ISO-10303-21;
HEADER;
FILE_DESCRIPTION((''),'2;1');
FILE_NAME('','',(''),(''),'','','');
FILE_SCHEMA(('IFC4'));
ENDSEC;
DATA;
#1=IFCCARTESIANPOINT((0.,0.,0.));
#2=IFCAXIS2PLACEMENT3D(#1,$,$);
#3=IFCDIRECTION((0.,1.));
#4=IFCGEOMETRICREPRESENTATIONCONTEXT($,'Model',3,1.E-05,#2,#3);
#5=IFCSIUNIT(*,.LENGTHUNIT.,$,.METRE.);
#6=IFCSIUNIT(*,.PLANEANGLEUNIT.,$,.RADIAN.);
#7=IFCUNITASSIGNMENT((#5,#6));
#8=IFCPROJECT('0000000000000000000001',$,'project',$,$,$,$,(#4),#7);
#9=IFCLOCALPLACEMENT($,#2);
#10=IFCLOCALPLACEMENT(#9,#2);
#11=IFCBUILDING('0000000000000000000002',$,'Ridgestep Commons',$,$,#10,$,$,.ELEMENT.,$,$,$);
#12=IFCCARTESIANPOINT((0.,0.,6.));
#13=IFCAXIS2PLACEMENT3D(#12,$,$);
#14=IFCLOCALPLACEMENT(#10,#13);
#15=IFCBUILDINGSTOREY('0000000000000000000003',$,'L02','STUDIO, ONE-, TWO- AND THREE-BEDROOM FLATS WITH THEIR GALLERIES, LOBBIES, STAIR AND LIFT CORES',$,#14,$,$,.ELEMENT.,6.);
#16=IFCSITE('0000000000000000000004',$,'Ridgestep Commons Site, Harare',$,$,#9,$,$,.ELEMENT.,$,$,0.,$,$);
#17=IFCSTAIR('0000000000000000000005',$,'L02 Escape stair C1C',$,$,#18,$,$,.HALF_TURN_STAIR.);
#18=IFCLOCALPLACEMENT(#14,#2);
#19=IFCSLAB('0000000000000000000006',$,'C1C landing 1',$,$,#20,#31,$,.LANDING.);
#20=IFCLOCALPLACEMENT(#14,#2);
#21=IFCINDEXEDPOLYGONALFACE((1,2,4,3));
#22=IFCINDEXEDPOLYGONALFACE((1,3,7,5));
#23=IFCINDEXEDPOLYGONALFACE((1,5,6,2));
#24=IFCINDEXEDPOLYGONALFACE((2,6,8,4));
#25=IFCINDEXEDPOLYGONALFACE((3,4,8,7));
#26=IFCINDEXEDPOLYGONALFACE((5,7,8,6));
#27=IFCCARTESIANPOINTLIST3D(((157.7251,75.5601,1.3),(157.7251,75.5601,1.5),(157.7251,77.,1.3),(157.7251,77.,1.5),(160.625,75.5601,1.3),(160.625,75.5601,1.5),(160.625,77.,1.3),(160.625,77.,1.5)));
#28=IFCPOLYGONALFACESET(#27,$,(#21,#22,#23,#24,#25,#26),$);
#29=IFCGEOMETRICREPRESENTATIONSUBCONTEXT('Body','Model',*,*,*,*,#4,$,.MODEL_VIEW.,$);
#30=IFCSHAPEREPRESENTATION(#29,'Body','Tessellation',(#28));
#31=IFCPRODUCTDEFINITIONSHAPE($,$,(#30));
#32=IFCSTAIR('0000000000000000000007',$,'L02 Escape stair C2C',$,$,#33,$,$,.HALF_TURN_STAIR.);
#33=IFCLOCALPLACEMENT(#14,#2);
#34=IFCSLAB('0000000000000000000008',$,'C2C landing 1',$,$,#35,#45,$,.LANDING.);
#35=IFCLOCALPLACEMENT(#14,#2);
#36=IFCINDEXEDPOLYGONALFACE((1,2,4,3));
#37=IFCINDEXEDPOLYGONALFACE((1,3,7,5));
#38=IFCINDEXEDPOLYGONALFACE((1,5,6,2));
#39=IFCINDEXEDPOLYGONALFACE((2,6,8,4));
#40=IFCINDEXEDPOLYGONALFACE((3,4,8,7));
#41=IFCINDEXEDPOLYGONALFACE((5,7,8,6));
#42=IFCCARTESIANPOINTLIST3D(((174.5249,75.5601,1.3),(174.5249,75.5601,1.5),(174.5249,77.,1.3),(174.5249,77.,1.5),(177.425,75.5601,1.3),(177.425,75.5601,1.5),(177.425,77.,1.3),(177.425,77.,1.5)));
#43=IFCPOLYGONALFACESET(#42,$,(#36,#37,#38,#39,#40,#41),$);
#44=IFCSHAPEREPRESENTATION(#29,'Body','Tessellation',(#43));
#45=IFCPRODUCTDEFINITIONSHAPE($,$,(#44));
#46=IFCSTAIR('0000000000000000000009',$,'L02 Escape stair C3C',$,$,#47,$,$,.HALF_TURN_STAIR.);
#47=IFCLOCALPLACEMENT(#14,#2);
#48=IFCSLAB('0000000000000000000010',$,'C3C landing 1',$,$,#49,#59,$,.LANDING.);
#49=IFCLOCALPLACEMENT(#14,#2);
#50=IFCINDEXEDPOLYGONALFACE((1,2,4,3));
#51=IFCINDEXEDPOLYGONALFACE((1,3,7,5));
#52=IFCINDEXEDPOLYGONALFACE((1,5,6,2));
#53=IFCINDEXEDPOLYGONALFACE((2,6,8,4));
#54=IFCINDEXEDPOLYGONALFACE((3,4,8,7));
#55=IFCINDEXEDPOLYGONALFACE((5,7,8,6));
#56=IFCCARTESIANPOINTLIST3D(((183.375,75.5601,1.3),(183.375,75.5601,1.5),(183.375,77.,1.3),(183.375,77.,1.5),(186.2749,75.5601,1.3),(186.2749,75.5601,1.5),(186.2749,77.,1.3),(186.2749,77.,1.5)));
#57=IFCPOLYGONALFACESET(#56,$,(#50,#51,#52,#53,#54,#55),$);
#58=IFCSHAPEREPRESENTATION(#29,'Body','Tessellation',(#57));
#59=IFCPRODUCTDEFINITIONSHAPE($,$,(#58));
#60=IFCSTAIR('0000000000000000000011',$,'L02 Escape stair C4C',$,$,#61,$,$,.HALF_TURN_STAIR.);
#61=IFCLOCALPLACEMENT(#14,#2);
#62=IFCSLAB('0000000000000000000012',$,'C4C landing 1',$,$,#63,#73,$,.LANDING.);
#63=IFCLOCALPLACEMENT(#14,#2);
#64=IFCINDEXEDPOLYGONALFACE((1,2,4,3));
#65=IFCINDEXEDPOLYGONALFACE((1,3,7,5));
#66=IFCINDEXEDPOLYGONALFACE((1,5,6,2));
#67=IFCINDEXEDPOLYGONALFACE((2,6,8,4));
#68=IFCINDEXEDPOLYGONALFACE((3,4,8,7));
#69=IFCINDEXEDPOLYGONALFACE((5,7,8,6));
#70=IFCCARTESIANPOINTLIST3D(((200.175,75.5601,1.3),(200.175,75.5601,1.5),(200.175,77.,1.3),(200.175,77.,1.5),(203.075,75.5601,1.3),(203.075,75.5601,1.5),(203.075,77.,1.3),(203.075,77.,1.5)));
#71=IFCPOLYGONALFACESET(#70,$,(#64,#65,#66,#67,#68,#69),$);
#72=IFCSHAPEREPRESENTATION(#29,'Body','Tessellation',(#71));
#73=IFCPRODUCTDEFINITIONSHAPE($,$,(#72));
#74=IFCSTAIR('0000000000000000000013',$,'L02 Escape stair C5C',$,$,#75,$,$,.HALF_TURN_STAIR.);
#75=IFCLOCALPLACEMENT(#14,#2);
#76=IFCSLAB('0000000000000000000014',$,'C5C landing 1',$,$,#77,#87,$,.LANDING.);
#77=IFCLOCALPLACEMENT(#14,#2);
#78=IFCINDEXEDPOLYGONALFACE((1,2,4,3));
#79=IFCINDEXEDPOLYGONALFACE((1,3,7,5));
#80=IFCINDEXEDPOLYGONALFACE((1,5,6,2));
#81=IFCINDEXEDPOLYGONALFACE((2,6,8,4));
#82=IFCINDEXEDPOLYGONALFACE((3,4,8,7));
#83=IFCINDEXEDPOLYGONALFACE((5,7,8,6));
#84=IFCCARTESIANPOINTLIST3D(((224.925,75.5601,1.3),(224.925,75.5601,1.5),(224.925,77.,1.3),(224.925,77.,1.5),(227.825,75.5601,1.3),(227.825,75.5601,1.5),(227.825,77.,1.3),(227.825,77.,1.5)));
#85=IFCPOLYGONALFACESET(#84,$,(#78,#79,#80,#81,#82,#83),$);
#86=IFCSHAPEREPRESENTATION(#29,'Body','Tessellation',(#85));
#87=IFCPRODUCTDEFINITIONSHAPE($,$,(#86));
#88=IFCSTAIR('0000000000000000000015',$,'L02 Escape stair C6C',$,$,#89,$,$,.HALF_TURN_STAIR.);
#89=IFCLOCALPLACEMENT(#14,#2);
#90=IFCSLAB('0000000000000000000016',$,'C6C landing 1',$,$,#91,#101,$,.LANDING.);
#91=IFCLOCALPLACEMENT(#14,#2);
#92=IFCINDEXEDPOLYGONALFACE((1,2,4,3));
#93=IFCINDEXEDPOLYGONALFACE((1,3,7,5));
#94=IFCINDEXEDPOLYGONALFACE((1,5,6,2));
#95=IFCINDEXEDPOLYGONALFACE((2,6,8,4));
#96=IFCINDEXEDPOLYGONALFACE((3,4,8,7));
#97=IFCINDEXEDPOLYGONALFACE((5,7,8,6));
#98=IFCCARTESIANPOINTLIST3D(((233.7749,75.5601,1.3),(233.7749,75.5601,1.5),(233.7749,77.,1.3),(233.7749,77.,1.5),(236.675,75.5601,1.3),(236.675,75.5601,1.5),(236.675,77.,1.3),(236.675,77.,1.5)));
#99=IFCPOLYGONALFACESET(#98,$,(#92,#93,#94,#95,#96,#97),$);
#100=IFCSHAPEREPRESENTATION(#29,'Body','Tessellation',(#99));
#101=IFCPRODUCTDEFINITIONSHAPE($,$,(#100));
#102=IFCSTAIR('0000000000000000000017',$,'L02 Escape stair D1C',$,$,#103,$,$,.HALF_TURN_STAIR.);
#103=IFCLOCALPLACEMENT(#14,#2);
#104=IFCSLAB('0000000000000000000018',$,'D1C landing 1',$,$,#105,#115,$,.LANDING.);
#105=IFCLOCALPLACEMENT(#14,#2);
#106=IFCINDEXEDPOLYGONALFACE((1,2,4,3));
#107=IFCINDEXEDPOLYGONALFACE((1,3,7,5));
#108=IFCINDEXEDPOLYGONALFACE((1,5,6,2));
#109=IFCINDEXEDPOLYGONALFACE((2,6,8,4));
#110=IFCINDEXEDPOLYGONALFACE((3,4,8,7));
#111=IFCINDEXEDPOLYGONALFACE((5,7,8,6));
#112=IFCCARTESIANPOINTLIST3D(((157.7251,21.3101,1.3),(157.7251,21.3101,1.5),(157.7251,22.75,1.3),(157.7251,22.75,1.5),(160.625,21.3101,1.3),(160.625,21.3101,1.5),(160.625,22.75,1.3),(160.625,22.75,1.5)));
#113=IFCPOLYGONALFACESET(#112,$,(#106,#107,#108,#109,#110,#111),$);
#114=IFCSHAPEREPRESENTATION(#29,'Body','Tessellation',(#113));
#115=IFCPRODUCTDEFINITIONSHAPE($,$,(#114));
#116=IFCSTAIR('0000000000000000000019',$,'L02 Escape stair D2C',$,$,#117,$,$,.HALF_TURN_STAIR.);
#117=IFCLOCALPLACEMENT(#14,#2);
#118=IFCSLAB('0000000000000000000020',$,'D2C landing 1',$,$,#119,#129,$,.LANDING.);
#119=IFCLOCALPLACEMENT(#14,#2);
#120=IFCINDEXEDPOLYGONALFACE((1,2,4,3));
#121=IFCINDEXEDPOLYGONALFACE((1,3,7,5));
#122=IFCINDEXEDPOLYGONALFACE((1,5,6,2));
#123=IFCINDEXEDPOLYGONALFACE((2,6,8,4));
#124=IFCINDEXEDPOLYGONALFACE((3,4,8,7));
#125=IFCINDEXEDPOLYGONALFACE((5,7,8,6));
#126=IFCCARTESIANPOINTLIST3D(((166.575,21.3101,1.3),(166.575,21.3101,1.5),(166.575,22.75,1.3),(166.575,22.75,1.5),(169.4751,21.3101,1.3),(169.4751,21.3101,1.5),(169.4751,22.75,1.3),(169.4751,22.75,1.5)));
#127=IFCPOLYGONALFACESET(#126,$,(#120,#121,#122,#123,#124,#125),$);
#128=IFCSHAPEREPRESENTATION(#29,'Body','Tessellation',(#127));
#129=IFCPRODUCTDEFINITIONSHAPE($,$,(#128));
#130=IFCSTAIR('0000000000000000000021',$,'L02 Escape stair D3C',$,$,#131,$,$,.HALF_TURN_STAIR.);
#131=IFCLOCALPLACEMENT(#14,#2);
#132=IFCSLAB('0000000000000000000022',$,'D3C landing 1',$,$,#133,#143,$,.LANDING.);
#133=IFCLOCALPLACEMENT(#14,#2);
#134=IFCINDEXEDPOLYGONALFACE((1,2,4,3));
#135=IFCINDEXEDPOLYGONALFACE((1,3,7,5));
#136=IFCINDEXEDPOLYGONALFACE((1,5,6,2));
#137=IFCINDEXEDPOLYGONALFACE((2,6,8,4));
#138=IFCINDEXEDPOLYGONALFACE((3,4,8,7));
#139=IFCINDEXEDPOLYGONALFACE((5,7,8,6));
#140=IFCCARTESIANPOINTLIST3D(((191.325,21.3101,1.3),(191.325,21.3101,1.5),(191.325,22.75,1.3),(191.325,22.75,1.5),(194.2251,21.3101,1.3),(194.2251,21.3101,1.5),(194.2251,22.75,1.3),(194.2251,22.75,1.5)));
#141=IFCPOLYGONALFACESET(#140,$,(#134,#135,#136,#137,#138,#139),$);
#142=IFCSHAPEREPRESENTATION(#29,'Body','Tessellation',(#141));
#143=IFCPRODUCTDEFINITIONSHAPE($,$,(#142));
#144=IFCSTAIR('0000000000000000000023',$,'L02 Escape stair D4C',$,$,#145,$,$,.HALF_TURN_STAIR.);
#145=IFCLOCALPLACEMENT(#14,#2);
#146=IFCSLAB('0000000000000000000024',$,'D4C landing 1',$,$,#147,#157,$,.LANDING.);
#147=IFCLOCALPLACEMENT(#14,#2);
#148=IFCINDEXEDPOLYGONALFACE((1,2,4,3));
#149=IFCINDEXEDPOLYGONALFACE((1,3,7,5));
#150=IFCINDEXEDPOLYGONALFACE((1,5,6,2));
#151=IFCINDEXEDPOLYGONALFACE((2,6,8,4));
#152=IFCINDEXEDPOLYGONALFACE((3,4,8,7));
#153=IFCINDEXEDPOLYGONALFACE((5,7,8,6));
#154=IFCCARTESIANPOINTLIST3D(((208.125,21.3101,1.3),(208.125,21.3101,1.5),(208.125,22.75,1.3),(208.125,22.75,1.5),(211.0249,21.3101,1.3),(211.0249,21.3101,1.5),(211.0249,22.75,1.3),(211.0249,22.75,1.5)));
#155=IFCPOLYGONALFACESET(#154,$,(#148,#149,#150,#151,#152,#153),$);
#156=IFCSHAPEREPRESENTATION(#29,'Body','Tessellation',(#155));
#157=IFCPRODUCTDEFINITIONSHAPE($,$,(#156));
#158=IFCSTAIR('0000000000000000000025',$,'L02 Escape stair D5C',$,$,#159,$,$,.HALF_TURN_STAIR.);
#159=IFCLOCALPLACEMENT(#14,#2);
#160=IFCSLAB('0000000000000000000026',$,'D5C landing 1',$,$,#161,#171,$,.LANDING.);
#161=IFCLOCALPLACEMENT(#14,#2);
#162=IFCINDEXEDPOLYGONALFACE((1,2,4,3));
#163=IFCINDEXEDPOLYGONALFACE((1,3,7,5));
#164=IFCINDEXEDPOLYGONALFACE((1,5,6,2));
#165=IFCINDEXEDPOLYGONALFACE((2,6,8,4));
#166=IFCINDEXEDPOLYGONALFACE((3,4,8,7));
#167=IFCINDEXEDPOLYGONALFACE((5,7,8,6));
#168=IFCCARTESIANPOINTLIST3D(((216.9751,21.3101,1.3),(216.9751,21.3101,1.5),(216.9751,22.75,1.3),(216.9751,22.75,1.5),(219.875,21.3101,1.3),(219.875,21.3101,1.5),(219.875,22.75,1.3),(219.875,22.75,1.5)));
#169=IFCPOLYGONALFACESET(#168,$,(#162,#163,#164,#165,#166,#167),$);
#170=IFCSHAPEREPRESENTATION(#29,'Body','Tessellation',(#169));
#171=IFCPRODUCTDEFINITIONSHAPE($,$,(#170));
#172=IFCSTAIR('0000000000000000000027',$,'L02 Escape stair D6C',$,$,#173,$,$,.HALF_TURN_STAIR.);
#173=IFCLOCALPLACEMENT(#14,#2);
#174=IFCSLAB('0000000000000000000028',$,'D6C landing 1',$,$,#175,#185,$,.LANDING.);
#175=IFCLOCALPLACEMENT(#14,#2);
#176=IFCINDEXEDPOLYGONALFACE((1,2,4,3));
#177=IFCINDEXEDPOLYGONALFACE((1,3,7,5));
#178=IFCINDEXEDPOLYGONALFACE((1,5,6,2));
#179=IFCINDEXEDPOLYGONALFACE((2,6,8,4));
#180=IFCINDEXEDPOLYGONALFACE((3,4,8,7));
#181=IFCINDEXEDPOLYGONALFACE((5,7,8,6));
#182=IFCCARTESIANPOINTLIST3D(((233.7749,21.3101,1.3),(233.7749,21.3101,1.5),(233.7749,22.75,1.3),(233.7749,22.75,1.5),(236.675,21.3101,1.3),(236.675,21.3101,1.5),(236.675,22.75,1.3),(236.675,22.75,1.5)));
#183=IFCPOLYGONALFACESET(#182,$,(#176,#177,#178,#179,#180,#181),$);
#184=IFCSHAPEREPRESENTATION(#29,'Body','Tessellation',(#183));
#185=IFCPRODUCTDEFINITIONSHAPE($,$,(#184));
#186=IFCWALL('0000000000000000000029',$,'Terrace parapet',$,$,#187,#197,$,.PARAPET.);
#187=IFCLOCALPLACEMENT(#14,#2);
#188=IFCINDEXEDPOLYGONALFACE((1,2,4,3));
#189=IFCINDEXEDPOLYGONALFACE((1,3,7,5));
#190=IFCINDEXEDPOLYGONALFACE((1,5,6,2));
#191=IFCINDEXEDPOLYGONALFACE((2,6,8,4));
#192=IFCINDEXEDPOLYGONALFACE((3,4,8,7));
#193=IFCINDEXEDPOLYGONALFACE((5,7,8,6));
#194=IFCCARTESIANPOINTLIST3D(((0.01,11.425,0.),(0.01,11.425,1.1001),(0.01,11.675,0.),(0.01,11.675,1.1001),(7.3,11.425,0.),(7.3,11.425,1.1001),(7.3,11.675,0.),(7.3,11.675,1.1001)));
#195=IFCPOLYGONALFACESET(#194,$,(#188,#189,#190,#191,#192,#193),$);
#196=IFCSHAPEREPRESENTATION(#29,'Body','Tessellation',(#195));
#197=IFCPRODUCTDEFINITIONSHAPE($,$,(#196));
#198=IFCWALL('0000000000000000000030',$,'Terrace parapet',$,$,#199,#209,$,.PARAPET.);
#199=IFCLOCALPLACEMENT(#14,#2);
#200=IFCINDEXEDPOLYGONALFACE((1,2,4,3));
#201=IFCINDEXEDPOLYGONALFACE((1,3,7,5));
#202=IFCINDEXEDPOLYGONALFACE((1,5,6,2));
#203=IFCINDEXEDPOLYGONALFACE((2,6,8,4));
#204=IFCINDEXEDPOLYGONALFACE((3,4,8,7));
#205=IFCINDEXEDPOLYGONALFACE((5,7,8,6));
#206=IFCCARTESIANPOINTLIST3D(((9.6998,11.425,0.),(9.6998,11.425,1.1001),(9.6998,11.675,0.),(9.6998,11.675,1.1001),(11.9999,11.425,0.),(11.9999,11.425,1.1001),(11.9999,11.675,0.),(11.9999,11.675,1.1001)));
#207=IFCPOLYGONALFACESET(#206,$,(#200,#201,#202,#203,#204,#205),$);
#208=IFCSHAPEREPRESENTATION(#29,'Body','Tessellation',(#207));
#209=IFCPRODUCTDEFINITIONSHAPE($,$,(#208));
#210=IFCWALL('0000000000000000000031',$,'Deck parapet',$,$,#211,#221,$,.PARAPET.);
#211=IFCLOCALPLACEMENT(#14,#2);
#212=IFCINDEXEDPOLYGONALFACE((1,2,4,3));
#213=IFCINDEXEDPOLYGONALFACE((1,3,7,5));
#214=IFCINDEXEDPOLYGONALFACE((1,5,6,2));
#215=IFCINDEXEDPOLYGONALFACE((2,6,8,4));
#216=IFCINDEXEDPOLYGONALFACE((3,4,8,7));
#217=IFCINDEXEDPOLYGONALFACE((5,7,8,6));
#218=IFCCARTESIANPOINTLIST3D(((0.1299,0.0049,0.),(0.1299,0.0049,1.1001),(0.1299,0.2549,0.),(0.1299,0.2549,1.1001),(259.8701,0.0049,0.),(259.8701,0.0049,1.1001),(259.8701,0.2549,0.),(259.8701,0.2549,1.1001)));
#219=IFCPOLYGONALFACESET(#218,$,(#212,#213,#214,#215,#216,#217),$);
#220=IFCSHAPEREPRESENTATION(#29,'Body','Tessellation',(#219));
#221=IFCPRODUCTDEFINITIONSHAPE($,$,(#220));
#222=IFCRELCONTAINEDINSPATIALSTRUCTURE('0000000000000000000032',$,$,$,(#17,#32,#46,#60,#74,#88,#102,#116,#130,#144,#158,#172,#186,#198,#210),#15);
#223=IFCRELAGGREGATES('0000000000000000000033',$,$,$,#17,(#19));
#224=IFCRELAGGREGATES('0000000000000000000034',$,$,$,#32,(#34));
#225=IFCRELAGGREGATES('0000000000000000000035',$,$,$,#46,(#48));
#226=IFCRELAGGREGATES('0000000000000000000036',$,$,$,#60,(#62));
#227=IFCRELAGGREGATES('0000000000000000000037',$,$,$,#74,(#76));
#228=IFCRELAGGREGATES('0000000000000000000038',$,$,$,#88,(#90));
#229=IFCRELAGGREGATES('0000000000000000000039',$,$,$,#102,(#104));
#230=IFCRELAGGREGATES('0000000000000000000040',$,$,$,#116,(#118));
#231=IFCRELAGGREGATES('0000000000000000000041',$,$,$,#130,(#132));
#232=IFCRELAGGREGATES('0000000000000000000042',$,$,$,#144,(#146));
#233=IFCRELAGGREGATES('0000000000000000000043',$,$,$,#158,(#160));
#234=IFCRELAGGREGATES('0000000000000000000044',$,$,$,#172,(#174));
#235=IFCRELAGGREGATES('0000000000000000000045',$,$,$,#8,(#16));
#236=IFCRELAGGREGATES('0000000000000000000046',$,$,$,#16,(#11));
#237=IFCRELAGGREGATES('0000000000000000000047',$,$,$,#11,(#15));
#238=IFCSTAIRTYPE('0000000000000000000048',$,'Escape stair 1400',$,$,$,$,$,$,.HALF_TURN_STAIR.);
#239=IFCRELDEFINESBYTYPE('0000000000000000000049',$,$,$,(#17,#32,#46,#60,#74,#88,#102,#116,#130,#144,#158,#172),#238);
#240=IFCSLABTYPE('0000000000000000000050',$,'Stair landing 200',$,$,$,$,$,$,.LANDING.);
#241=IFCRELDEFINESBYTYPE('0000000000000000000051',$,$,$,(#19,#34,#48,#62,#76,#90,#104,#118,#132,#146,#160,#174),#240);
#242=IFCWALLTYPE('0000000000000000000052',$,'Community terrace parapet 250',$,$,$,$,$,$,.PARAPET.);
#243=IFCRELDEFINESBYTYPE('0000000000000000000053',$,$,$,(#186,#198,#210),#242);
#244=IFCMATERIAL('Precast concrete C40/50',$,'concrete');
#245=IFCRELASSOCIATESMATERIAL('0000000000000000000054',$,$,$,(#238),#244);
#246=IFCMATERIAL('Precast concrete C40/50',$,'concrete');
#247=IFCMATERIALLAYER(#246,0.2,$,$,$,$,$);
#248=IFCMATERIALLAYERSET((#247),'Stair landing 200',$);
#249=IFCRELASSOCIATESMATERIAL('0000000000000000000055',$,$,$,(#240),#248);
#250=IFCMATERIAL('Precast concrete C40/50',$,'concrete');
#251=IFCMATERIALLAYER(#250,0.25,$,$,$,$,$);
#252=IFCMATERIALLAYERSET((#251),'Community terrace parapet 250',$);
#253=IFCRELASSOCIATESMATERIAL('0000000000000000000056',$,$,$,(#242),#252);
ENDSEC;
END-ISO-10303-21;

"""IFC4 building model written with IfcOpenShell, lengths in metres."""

from ifc_helpers import new_model, si_unit, direction, frame, frame_2d, origin, place, context, subcontext, project, spatial, polyline, rectangle, outline, extrude, material, layer, layer_set, type_object, element, aggregate, save


model = new_model("IFC4")

# Units and contexts
model_context = context("Model", 3, precision=1e-05, world=origin(), true_north=direction((0.0, 1.0)))
body_context = subcontext(model_context, "Body", "Model", "MODEL_VIEW")
ifc_project = project(units=[si_unit("LENGTHUNIT", "METRE"), si_unit("PLANEANGLEUNIT", "RADIAN")], contexts=[model_context])

# Site, building, storey
site_placement = place(None, origin())
site = spatial("IfcSite", under=ifc_project, at=site_placement, Name="Ridgestep Commons Site, Harare", CompositionType="ELEMENT", RefElevation=0.0)
building_placement = place(site_placement, origin())
building = spatial("IfcBuilding", under=site, at=building_placement, Name="Ridgestep Commons", CompositionType="ELEMENT")
storey_placement = place(building_placement, frame((0.0, 0.0, 6.0)))
storey = spatial("IfcBuildingStorey", under=building, at=storey_placement, Name="L02", Description="STUDIO, ONE-, TWO- AND THREE-BEDROOM FLATS WITH THEIR GALLERIES, LOBBIES, STAIR AND LIFT CORES", CompositionType="ELEMENT", Elevation=6.0)

# Stairs, slabs
ifc_material_1 = material(Name="Precast concrete C40/50", Category="concrete")
stair_type = type_object("IfcStairType", Name="Escape stair 1400", PredefinedType="HALF_TURN_STAIR", material=ifc_material_1)
ifc_material_2 = material(Name="Precast concrete C40/50", Category="concrete")
ifc_layer_1 = layer(ifc_material_2, 0.2)
ifc_layer_set_1 = layer_set([ifc_layer_1], Name="Stair landing 200")
slab_type_1 = type_object("IfcSlabType", Name="Stair landing 200", PredefinedType="LANDING", material=ifc_layer_set_1)
stair_1_placement = place(storey_placement, origin())
stair_1 = element("IfcStair", 1, at=stair_1_placement, inside=storey, type_object=stair_type, Name="L02 Escape stair C1C", PredefinedType="HALF_TURN_STAIR")
slab_1_placement = place(storey_placement, frame((0.0, 0.0, 1.3)))
slab_1 = element("IfcSlab", 2, at=slab_1_placement, type_object=slab_type_1, Name="C1C landing 1", PredefinedType="LANDING", context=body_context, shape_type="SweptSolid", body=[
    extrude(outline(polyline([(160.625, 75.5601), (160.625, 77.0), (157.7251, 77.0), (157.7251, 75.5601), (160.625, 75.5601)])), origin(), (0.0, 0.0, 1.0), 0.2),
])
aggregate(stair_1, [slab_1])
stair_2_placement = place(storey_placement, origin())
stair_2 = element("IfcStair", 3, at=stair_2_placement, inside=storey, type_object=stair_type, Name="L02 Escape stair C2C", PredefinedType="HALF_TURN_STAIR")
slab_2_placement = place(storey_placement, frame((0.0, 0.0, 1.3)))
slab_2 = element("IfcSlab", 4, at=slab_2_placement, type_object=slab_type_1, Name="C2C landing 1", PredefinedType="LANDING", context=body_context, shape_type="SweptSolid", body=[
    extrude(outline(polyline([(177.425, 75.5601), (177.425, 77.0), (174.5249, 77.0), (174.5249, 75.5601), (177.425, 75.5601)])), origin(), (0.0, 0.0, 1.0), 0.2),
])
aggregate(stair_2, [slab_2])
stair_3_placement = place(storey_placement, origin())
stair_3 = element("IfcStair", 5, at=stair_3_placement, inside=storey, type_object=stair_type, Name="L02 Escape stair C3C", PredefinedType="HALF_TURN_STAIR")
slab_3_placement = place(storey_placement, frame((0.0, 0.0, 1.3)))
slab_3 = element("IfcSlab", 6, at=slab_3_placement, type_object=slab_type_1, Name="C3C landing 1", PredefinedType="LANDING", context=body_context, shape_type="SweptSolid", body=[
    extrude(outline(polyline([(186.2749, 75.5601), (186.2749, 77.0), (183.375, 77.0), (183.375, 75.5601), (186.2749, 75.5601)])), origin(), (0.0, 0.0, 1.0), 0.2),
])
aggregate(stair_3, [slab_3])
stair_4_placement = place(storey_placement, origin())
stair_4 = element("IfcStair", 7, at=stair_4_placement, inside=storey, type_object=stair_type, Name="L02 Escape stair C4C", PredefinedType="HALF_TURN_STAIR")
slab_4_placement = place(storey_placement, frame((0.0, 0.0, 1.3)))
slab_4 = element("IfcSlab", 8, at=slab_4_placement, type_object=slab_type_1, Name="C4C landing 1", PredefinedType="LANDING", context=body_context, shape_type="SweptSolid", body=[
    extrude(outline(polyline([(203.075, 75.5601), (203.075, 77.0), (200.175, 77.0), (200.175, 75.5601), (203.075, 75.5601)])), origin(), (0.0, 0.0, 1.0), 0.2),
])
aggregate(stair_4, [slab_4])
stair_5_placement = place(storey_placement, origin())
stair_5 = element("IfcStair", 9, at=stair_5_placement, inside=storey, type_object=stair_type, Name="L02 Escape stair C5C", PredefinedType="HALF_TURN_STAIR")
slab_5_placement = place(storey_placement, frame((0.0, 0.0, 1.3)))
slab_5 = element("IfcSlab", 10, at=slab_5_placement, type_object=slab_type_1, Name="C5C landing 1", PredefinedType="LANDING", context=body_context, shape_type="SweptSolid", body=[
    extrude(outline(polyline([(227.825, 75.5601), (227.825, 77.0), (224.925, 77.0), (224.925, 75.5601), (227.825, 75.5601)])), origin(), (0.0, 0.0, 1.0), 0.2),
])
aggregate(stair_5, [slab_5])
stair_6_placement = place(storey_placement, origin())
stair_6 = element("IfcStair", 11, at=stair_6_placement, inside=storey, type_object=stair_type, Name="L02 Escape stair C6C", PredefinedType="HALF_TURN_STAIR")
slab_6_placement = place(storey_placement, frame((0.0, 0.0, 1.3)))
slab_6 = element("IfcSlab", 12, at=slab_6_placement, type_object=slab_type_1, Name="C6C landing 1", PredefinedType="LANDING", context=body_context, shape_type="SweptSolid", body=[
    extrude(outline(polyline([(236.675, 75.5601), (236.675, 77.0), (233.7749, 77.0), (233.7749, 75.5601), (236.675, 75.5601)])), origin(), (0.0, 0.0, 1.0), 0.2),
])
aggregate(stair_6, [slab_6])
stair_7_placement = place(storey_placement, origin())
stair_7 = element("IfcStair", 13, at=stair_7_placement, inside=storey, type_object=stair_type, Name="L02 Escape stair D1C", PredefinedType="HALF_TURN_STAIR")
slab_7_placement = place(storey_placement, frame((0.0, 0.0, 1.3)))
slab_7 = element("IfcSlab", 14, at=slab_7_placement, type_object=slab_type_1, Name="D1C landing 1", PredefinedType="LANDING", context=body_context, shape_type="SweptSolid", body=[
    extrude(outline(polyline([(160.625, 21.3101), (160.625, 22.75), (157.7251, 22.75), (157.7251, 21.3101), (160.625, 21.3101)])), origin(), (0.0, 0.0, 1.0), 0.2),
])
aggregate(stair_7, [slab_7])
stair_8_placement = place(storey_placement, origin())
stair_8 = element("IfcStair", 15, at=stair_8_placement, inside=storey, type_object=stair_type, Name="L02 Escape stair D2C", PredefinedType="HALF_TURN_STAIR")
slab_8_placement = place(storey_placement, frame((0.0, 0.0, 1.3)))
slab_8 = element("IfcSlab", 16, at=slab_8_placement, type_object=slab_type_1, Name="D2C landing 1", PredefinedType="LANDING", context=body_context, shape_type="SweptSolid", body=[
    extrude(outline(polyline([(169.4751, 21.3101), (169.4751, 22.75), (166.575, 22.75), (166.575, 21.3101), (169.4751, 21.3101)])), origin(), (0.0, 0.0, 1.0), 0.2),
])
aggregate(stair_8, [slab_8])
stair_9_placement = place(storey_placement, origin())
stair_9 = element("IfcStair", 17, at=stair_9_placement, inside=storey, type_object=stair_type, Name="L02 Escape stair D3C", PredefinedType="HALF_TURN_STAIR")
slab_9_placement = place(storey_placement, frame((0.0, 0.0, 1.3)))
slab_9 = element("IfcSlab", 18, at=slab_9_placement, type_object=slab_type_1, Name="D3C landing 1", PredefinedType="LANDING", context=body_context, shape_type="SweptSolid", body=[
    extrude(outline(polyline([(194.2251, 21.3101), (194.2251, 22.75), (191.325, 22.75), (191.325, 21.3101), (194.2251, 21.3101)])), origin(), (0.0, 0.0, 1.0), 0.2),
])
aggregate(stair_9, [slab_9])
stair_10_placement = place(storey_placement, origin())
stair_10 = element("IfcStair", 19, at=stair_10_placement, inside=storey, type_object=stair_type, Name="L02 Escape stair D4C", PredefinedType="HALF_TURN_STAIR")
slab_10_placement = place(storey_placement, frame((0.0, 0.0, 1.3)))
slab_10 = element("IfcSlab", 20, at=slab_10_placement, type_object=slab_type_1, Name="D4C landing 1", PredefinedType="LANDING", context=body_context, shape_type="SweptSolid", body=[
    extrude(outline(polyline([(211.0249, 21.3101), (211.0249, 22.75), (208.125, 22.75), (208.125, 21.3101), (211.0249, 21.3101)])), origin(), (0.0, 0.0, 1.0), 0.2),
])
aggregate(stair_10, [slab_10])
stair_11_placement = place(storey_placement, origin())
stair_11 = element("IfcStair", 21, at=stair_11_placement, inside=storey, type_object=stair_type, Name="L02 Escape stair D5C", PredefinedType="HALF_TURN_STAIR")
slab_11_placement = place(storey_placement, frame((0.0, 0.0, 1.3)))
slab_11 = element("IfcSlab", 22, at=slab_11_placement, type_object=slab_type_1, Name="D5C landing 1", PredefinedType="LANDING", context=body_context, shape_type="SweptSolid", body=[
    extrude(outline(polyline([(219.875, 21.3101), (219.875, 22.75), (216.9751, 22.75), (216.9751, 21.3101), (219.875, 21.3101)])), origin(), (0.0, 0.0, 1.0), 0.2),
])
aggregate(stair_11, [slab_11])
stair_12_placement = place(storey_placement, origin())
stair_12 = element("IfcStair", 23, at=stair_12_placement, inside=storey, type_object=stair_type, Name="L02 Escape stair D6C", PredefinedType="HALF_TURN_STAIR")
slab_12_placement = place(storey_placement, frame((0.0, 0.0, 1.3)))
slab_12 = element("IfcSlab", 24, at=slab_12_placement, type_object=slab_type_1, Name="D6C landing 1", PredefinedType="LANDING", context=body_context, shape_type="SweptSolid", body=[
    extrude(outline(polyline([(236.675, 21.3101), (236.675, 22.75), (233.7749, 22.75), (233.7749, 21.3101), (236.675, 21.3101)])), origin(), (0.0, 0.0, 1.0), 0.2),
])
aggregate(stair_12, [slab_12])

# Walls
ifc_material_3 = material(Name="Precast concrete C40/50", Category="concrete")
ifc_layer_2 = layer(ifc_material_3, 0.25)
ifc_layer_set_2 = layer_set([ifc_layer_2], Name="Community terrace parapet 250")
wall_type_1 = type_object("IfcWallType", Name="Community terrace parapet 250", PredefinedType="PARAPET", material=ifc_layer_set_2)
wall_1_placement = place(storey_placement, frame((0.01, 11.55, 0.0), z_axis=(0.0, 0.0, 1.0), x_axis=(1.0, 0.0, 0.0)))
element("IfcWall", 25, at=wall_1_placement, inside=storey, type_object=wall_type_1, Name="Terrace parapet", PredefinedType="PARAPET", context=body_context, shape_type="SweptSolid", body=[
    extrude(rectangle(XDim=7.29, YDim=0.25, at=frame_2d((3.645, 0.0))), origin(), (0.0, 0.0, 1.0), 1.1001),
])
wall_2_placement = place(storey_placement, frame((9.7, 11.55, 0.0), z_axis=(0.0, 0.0, 1.0), x_axis=(1.0, 0.0, 0.0)))
element("IfcWall", 26, at=wall_2_placement, inside=storey, type_object=wall_type_1, Name="Terrace parapet", PredefinedType="PARAPET", context=body_context, shape_type="SweptSolid", body=[
    extrude(rectangle(XDim=2.3, YDim=0.25, at=frame_2d((1.1499, 0.0))), origin(), (0.0, 0.0, 1.0), 1.1001),
])
wall_3_placement = place(storey_placement, frame((0.1299, 0.1299, 0.0), z_axis=(0.0, 0.0, 1.0), x_axis=(1.0, 0.0, 0.0)))
element("IfcWall", 27, at=wall_3_placement, inside=storey, type_object=wall_type_1, Name="Deck parapet", PredefinedType="PARAPET", context=body_context, shape_type="SweptSolid", body=[
    extrude(rectangle(XDim=259.7402, YDim=0.25, at=frame_2d((129.8701, 0.0))), origin(), (0.0, 0.0, 1.0), 1.1001),
])

save(model, "model.ifc")
